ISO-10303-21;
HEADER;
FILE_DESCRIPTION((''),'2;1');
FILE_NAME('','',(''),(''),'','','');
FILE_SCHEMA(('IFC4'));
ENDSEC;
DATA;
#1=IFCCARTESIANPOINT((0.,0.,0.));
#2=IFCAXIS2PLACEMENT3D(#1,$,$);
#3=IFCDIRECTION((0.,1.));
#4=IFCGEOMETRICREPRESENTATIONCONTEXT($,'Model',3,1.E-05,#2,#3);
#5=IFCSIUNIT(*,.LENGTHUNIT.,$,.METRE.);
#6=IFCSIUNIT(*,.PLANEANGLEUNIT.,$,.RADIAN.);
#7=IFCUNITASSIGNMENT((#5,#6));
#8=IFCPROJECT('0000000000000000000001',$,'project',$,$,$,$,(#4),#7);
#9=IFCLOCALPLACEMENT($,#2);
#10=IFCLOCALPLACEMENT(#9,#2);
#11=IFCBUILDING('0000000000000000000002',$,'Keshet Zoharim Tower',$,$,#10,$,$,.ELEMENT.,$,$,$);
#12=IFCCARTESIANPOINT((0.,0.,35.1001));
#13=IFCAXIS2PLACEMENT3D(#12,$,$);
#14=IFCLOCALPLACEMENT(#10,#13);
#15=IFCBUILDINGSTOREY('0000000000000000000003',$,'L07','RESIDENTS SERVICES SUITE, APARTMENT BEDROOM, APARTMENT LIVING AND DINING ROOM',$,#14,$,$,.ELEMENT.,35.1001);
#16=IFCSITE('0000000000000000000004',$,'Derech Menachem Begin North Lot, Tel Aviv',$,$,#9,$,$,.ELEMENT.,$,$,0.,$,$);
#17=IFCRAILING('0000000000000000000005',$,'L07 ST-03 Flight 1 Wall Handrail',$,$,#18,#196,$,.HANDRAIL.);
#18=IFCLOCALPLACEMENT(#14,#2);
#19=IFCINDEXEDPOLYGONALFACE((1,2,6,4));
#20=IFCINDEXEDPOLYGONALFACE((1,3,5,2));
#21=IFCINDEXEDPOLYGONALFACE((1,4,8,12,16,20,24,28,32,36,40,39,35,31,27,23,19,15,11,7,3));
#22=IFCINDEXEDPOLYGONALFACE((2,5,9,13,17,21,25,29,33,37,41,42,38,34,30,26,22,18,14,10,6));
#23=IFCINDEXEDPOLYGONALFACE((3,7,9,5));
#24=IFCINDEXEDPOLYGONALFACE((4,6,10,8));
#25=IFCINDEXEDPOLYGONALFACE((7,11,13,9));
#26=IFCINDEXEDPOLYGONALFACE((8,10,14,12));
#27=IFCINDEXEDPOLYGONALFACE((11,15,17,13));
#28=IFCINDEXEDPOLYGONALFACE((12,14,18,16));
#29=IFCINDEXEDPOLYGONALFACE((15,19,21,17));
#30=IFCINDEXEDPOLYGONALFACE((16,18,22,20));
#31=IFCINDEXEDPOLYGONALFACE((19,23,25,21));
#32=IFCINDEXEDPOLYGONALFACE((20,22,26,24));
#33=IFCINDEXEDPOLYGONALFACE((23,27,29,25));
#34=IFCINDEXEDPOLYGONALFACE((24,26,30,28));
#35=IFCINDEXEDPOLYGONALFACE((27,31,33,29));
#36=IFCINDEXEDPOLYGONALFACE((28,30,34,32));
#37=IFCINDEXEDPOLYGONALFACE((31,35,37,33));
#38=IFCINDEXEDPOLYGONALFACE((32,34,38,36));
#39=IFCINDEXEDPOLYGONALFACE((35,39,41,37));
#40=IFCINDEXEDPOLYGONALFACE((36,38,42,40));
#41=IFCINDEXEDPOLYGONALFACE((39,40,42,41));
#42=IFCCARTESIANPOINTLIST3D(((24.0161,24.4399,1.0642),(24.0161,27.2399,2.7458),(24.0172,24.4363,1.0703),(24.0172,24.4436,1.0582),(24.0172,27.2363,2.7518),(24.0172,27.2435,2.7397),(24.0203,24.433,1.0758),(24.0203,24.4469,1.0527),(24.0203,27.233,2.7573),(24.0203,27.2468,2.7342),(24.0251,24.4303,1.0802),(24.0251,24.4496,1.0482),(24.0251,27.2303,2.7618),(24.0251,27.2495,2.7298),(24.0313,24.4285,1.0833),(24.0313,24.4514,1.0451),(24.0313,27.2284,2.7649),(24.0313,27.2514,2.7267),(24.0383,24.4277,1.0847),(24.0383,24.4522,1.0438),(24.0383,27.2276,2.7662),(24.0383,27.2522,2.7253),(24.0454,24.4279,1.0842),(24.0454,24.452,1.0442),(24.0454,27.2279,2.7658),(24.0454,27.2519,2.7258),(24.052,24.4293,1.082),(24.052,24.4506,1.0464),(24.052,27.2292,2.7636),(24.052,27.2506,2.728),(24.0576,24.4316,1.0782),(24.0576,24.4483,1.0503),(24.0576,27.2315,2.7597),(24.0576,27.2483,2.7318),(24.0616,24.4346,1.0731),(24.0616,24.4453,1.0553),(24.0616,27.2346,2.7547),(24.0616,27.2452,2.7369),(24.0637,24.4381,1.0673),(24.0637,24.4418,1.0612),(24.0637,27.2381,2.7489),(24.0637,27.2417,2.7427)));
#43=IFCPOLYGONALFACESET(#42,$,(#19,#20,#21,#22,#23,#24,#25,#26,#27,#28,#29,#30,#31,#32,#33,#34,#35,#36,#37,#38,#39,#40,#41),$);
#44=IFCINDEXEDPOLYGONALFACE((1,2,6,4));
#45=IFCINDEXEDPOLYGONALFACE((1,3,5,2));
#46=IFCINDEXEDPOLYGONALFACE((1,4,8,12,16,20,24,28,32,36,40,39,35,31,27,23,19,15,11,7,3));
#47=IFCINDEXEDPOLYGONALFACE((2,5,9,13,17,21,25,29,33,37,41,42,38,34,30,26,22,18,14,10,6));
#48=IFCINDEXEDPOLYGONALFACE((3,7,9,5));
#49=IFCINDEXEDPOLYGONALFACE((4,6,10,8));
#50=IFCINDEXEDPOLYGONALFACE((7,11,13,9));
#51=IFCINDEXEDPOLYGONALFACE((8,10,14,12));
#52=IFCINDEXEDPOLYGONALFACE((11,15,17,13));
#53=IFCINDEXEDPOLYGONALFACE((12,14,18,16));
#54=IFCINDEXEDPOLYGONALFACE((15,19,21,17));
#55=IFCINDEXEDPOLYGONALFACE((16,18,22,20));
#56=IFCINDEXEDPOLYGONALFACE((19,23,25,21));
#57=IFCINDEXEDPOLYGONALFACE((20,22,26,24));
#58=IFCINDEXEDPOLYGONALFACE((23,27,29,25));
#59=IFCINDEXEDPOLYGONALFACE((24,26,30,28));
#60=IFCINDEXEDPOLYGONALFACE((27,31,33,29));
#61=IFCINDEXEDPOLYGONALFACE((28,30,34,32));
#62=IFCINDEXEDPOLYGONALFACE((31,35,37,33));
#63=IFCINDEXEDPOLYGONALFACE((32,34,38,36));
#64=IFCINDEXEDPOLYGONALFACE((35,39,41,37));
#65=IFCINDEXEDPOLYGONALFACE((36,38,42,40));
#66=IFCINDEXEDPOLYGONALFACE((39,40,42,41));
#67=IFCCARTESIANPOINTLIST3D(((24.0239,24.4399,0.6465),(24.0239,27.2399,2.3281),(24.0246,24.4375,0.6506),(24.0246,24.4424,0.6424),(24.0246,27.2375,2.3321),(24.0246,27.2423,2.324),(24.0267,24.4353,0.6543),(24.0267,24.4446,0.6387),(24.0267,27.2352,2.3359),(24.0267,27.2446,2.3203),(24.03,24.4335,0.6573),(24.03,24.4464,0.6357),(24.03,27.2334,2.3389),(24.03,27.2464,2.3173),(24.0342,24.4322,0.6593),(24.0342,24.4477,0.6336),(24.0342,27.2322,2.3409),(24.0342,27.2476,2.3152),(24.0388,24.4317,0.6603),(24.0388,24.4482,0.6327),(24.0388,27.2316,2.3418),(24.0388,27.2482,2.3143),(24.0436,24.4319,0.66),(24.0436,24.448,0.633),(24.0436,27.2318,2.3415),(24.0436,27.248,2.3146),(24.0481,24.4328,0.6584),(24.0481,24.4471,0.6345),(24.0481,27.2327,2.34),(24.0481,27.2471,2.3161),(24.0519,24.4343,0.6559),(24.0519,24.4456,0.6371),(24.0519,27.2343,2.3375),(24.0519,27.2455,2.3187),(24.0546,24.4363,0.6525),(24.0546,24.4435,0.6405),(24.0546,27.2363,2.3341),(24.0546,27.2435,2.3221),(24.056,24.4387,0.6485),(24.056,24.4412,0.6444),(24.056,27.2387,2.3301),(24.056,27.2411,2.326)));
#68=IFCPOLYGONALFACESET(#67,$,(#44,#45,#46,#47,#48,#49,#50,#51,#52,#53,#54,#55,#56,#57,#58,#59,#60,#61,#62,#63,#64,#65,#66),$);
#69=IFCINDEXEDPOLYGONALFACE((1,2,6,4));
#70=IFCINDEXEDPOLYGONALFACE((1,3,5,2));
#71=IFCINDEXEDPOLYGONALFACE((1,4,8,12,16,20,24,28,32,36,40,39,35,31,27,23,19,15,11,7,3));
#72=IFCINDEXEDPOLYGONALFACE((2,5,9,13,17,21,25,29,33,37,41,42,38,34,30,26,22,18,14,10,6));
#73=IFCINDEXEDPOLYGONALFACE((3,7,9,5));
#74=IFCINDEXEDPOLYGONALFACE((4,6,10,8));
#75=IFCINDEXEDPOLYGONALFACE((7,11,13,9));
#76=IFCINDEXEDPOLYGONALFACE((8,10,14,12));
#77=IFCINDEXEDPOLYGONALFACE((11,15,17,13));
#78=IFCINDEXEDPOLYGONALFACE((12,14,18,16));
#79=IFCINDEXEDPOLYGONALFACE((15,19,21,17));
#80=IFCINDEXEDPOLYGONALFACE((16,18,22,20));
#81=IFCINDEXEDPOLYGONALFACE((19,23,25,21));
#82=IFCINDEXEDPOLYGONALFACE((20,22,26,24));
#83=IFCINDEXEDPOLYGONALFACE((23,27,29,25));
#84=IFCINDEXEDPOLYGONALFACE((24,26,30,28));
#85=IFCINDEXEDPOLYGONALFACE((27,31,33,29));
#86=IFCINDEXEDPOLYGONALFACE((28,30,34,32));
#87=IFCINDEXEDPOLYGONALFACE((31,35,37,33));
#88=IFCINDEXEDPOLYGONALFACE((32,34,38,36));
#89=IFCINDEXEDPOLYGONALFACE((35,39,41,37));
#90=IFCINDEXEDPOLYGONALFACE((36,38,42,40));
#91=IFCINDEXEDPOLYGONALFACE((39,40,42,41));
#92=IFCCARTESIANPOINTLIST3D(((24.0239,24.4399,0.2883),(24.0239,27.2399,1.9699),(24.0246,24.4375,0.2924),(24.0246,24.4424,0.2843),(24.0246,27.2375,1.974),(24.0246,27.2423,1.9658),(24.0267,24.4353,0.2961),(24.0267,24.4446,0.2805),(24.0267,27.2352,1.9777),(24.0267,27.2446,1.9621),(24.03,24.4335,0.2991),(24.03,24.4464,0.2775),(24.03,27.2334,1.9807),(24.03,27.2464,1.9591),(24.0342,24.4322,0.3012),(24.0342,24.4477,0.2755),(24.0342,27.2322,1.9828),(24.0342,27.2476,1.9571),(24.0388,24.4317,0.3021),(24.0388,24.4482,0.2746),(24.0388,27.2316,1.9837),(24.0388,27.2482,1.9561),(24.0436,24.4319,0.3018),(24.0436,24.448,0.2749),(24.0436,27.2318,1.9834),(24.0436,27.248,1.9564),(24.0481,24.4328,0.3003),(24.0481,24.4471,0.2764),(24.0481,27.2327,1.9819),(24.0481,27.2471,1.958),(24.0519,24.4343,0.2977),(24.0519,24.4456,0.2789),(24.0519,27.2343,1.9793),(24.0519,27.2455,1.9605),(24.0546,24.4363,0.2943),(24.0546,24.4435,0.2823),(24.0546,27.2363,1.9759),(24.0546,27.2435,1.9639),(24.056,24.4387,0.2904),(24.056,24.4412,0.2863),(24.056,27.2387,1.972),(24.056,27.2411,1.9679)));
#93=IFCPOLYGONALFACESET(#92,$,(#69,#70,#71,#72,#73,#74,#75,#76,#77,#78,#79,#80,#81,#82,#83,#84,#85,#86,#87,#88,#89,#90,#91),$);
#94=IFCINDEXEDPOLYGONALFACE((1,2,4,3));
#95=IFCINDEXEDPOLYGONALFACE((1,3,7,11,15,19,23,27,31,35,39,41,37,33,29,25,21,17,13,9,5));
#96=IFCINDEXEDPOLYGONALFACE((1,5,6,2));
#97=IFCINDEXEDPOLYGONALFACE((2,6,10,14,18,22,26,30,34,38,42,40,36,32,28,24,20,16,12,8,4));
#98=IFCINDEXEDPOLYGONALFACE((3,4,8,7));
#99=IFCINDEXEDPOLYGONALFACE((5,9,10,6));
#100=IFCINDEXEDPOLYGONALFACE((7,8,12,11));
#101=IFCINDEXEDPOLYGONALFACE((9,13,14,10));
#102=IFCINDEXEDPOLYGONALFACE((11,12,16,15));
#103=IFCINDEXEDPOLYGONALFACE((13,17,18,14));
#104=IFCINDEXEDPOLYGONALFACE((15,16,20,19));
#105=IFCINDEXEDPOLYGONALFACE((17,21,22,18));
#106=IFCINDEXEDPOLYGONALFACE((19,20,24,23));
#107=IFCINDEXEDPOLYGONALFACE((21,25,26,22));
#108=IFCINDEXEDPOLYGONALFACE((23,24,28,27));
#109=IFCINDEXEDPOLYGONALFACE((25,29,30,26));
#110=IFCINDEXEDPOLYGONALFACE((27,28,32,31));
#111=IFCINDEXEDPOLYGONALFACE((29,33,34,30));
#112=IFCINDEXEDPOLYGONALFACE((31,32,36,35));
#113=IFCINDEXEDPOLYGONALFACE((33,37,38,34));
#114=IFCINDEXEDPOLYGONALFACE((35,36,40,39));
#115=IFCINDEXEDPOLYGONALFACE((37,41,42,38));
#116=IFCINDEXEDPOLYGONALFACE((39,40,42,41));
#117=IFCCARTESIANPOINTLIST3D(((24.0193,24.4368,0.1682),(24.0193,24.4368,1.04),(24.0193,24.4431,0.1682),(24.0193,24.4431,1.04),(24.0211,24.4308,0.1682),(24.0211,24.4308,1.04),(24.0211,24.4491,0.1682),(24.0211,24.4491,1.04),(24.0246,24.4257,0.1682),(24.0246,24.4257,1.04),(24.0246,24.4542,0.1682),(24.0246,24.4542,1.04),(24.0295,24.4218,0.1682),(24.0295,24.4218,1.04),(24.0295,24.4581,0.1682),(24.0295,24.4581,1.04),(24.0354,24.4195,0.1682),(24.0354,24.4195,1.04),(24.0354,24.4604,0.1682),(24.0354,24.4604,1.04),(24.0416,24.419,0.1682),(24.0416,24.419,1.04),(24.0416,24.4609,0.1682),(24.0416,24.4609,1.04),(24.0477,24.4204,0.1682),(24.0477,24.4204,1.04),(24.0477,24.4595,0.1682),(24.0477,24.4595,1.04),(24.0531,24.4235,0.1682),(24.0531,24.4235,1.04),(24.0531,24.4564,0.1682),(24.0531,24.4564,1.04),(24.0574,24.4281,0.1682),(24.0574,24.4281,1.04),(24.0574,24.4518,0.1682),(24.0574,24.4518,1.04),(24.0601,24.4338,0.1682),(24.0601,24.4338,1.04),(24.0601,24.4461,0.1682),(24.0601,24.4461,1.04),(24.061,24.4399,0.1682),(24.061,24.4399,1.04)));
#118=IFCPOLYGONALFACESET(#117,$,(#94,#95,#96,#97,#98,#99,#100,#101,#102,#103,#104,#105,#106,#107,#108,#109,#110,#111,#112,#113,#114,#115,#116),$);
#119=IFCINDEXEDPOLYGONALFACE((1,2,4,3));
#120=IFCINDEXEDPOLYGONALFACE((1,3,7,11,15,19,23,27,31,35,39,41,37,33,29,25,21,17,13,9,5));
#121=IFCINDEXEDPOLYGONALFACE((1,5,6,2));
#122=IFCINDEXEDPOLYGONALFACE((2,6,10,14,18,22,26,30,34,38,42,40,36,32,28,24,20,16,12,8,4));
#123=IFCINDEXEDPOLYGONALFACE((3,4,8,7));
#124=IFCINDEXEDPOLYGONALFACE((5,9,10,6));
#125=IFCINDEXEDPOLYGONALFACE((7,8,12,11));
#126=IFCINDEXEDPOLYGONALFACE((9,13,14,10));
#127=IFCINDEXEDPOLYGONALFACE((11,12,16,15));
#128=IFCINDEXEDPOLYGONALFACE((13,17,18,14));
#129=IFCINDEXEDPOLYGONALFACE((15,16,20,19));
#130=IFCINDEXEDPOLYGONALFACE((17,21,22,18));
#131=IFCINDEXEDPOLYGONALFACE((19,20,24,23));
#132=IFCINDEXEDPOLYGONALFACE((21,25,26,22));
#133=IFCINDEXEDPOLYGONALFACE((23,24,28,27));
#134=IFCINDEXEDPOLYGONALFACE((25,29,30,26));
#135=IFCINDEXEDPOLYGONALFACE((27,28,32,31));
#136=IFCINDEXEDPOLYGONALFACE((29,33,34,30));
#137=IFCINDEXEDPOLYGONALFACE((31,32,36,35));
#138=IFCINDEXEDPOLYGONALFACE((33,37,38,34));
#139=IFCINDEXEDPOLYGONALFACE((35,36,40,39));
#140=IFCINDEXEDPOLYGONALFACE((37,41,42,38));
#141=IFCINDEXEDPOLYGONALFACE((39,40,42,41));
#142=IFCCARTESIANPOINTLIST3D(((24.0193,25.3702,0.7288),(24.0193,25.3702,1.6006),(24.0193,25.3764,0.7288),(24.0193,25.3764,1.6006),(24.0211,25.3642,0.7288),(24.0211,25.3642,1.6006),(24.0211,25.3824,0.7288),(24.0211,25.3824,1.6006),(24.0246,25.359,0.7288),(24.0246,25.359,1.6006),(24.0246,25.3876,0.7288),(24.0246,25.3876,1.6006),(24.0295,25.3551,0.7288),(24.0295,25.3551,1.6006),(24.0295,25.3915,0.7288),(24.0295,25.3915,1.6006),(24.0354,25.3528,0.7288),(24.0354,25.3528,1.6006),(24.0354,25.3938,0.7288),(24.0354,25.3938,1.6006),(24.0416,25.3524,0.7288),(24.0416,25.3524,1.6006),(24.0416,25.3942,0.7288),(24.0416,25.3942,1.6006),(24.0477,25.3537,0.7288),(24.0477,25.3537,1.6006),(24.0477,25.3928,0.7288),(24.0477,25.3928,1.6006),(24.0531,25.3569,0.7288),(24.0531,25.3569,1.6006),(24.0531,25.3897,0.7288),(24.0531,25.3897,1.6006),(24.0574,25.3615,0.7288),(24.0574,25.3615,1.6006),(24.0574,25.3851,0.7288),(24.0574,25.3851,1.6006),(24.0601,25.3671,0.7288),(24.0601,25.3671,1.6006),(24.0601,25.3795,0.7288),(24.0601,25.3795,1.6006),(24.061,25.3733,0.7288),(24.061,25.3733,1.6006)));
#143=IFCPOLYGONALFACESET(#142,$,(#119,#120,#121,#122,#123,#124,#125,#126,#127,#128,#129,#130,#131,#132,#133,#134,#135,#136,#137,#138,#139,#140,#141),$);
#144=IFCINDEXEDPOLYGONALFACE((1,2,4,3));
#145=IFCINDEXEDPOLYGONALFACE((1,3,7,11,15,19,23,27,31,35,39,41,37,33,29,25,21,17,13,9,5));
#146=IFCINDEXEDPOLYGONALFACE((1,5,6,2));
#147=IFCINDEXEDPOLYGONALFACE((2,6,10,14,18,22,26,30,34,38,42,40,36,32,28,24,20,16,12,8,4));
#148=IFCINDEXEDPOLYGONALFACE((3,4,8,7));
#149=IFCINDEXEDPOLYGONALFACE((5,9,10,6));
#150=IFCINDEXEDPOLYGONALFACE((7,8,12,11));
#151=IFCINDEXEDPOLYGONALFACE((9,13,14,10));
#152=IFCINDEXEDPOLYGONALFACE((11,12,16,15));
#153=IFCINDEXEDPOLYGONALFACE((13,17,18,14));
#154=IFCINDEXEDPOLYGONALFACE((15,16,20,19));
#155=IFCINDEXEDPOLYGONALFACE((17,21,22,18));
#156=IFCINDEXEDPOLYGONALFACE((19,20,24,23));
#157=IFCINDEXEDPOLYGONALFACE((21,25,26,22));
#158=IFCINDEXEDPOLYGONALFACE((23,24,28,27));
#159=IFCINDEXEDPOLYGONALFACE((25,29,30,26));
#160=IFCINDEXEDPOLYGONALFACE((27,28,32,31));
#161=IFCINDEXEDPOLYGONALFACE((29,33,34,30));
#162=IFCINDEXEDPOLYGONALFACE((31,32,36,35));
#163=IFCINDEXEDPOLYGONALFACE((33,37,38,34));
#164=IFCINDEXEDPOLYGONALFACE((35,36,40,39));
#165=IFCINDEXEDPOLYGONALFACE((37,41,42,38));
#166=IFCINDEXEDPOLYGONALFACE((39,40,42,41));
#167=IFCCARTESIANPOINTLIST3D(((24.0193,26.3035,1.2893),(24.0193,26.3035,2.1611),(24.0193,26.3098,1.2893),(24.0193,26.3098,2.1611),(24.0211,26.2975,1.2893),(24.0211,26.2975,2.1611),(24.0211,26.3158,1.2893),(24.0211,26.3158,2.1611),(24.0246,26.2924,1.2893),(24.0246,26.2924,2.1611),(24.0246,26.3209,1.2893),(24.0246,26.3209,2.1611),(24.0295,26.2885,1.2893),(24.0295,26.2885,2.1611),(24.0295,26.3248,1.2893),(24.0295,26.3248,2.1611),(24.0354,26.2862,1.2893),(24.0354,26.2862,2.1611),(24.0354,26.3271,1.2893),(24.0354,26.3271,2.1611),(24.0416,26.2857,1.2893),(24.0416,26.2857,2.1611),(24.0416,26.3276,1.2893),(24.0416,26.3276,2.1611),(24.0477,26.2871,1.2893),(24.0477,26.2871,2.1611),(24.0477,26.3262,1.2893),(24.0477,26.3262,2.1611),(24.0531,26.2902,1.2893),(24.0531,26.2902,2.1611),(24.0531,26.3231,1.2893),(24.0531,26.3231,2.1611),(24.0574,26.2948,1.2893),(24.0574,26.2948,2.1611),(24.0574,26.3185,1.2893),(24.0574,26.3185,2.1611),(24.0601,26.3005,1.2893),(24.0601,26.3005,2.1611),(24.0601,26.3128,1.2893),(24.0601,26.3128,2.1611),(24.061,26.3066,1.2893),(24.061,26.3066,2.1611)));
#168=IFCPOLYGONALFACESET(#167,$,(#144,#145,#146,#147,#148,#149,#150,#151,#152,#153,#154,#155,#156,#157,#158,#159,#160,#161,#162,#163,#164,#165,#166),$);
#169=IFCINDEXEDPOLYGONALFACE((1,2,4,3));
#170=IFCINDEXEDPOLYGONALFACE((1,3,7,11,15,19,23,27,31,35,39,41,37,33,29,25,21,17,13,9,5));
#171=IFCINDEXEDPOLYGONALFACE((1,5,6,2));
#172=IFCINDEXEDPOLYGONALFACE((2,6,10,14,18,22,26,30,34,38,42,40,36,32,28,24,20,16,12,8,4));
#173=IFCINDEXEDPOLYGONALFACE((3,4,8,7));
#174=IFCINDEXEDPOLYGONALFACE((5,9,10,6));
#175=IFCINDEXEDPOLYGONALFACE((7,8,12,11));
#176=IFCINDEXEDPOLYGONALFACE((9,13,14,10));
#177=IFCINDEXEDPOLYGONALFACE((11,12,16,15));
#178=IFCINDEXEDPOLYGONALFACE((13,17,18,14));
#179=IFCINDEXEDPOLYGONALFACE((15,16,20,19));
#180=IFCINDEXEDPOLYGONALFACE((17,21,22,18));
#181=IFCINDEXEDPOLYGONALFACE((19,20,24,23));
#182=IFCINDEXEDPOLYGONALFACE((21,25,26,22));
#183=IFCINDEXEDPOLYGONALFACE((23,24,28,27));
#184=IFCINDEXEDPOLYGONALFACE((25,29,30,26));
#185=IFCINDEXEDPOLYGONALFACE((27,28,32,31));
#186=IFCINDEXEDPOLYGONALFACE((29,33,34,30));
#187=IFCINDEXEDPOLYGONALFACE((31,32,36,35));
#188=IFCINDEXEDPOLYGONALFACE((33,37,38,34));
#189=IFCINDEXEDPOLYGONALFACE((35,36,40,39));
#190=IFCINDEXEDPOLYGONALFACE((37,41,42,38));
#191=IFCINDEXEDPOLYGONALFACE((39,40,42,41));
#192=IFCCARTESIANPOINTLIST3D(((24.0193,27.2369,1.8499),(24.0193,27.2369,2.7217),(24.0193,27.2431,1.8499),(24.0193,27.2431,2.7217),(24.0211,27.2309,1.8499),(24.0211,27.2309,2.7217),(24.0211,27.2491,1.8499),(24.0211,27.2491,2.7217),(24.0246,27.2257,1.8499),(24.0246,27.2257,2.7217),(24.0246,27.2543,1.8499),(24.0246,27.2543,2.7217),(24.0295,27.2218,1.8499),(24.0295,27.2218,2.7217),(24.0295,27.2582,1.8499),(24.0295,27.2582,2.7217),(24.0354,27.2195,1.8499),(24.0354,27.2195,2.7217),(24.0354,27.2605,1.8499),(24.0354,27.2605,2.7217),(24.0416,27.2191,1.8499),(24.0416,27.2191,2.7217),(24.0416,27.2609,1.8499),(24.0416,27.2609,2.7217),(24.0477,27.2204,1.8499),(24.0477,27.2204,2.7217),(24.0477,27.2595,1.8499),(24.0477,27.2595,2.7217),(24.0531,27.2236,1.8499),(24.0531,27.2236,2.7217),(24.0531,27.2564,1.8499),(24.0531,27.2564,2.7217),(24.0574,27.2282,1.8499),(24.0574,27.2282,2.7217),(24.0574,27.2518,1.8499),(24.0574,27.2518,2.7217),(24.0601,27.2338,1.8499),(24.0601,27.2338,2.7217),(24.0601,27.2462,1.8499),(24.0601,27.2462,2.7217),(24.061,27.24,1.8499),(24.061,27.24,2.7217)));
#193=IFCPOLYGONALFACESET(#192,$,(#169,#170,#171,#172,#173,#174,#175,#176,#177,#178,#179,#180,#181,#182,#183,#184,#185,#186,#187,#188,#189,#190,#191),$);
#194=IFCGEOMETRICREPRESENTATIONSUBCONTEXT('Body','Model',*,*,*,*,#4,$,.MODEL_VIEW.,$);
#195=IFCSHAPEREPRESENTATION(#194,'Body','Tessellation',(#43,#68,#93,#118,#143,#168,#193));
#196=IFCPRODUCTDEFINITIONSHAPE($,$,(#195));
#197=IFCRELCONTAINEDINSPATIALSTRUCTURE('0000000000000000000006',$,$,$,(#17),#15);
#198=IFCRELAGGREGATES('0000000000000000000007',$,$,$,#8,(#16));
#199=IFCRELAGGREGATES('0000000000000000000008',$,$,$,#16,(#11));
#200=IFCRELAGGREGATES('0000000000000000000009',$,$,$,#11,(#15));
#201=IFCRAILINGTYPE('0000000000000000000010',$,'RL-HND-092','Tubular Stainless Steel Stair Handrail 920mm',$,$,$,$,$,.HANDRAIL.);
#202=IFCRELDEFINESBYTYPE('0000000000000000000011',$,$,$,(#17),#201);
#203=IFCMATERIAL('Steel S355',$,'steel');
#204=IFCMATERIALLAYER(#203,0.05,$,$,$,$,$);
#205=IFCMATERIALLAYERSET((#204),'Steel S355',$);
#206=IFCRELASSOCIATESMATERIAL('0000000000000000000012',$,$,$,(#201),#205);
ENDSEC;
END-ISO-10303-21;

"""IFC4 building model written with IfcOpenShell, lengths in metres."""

from ifc_helpers import new_model, si_unit, direction, frame, origin, origin_2d, place, context, subcontext, project, spatial, circle, extrude, material, layer, layer_set, type_object, element, save


model = new_model("IFC4")

# Units and contexts
model_context = context("Model", 3, precision=1e-05, world=origin(), true_north=direction((0.0, 1.0)))
body_context = subcontext(model_context, "Body", "Model", "MODEL_VIEW")
ifc_project = project(units=[si_unit("LENGTHUNIT", "METRE"), si_unit("PLANEANGLEUNIT", "RADIAN")], contexts=[model_context])

# Site, building, storey
site_placement = place(None, origin())
site = spatial("IfcSite", under=ifc_project, at=site_placement, Name="Derech Menachem Begin North Lot, Tel Aviv", CompositionType="ELEMENT", RefElevation=0.0)
building_placement = place(site_placement, origin())
building = spatial("IfcBuilding", under=site, at=building_placement, Name="Keshet Zoharim Tower", CompositionType="ELEMENT")
storey_placement = place(building_placement, frame((0.0, 0.0, 35.1001)))
storey = spatial("IfcBuildingStorey", under=building, at=storey_placement, Name="L07", Description="RESIDENTS SERVICES SUITE, APARTMENT BEDROOM, APARTMENT LIVING AND DINING ROOM", CompositionType="ELEMENT", Elevation=35.1001)

# Shared definitions
ifc_material_1 = material(Name="Steel S355", Category="steel")

# Railing
ifc_layer_1 = layer(ifc_material_1, 0.05)
ifc_layer_set_1 = layer_set([ifc_layer_1], Name="Steel S355")
railing_type_1 = type_object("IfcRailingType", Name="RL-HND-092", Description="Tubular Stainless Steel Stair Handrail 920mm", PredefinedType="HANDRAIL", material=ifc_layer_set_1)
railing_1_placement = place(storey_placement, frame((24.04, 24.4399, 0.1682)))
element("IfcRailing", 1, at=railing_1_placement, inside=storey, type_object=railing_type_1, Name="L07 ST-03 Flight 1 Wall Handrail", PredefinedType="HANDRAIL", context=body_context, shape_type="SweptSolid", body=[
    extrude(circle(Radius=0.0239, at=origin_2d()), frame((0.0, 0.0, 0.896), z_axis=(0.0, 0.857275, 0.514858), x_axis=(-1.0, 0.0, 0.0)), (0.0, 0.0, 1.0), 3.2661),
    extrude(circle(Radius=0.0161, at=origin_2d()), frame((0.0, 0.0, 0.4783), z_axis=(0.0, 0.857275, 0.514858), x_axis=(-1.0, 0.0, 0.0)), (0.0, 0.0, 1.0), 3.2661),
    extrude(circle(Radius=0.0161, at=origin_2d()), frame((0.0, 0.0, 0.1201), z_axis=(0.0, 0.857275, 0.514858), x_axis=(-1.0, 0.0, 0.0)), (0.0, 0.0, 1.0), 3.2661),
    extrude(circle(Radius=0.021, at=origin_2d()), origin(), (0.0, 0.0, 1.0), 0.8718),
    extrude(circle(Radius=0.021, at=origin_2d()), frame((0.0, 0.9333, 0.5605)), (0.0, 0.0, 1.0), 0.8718),
    extrude(circle(Radius=0.021, at=origin_2d()), frame((0.0, 1.8667, 1.1211)), (0.0, 0.0, 1.0), 0.8718),
    extrude(circle(Radius=0.021, at=origin_2d()), frame((0.0, 2.8, 1.6816)), (0.0, 0.0, 1.0), 0.8718),
])

save(model, "model.ifc")
